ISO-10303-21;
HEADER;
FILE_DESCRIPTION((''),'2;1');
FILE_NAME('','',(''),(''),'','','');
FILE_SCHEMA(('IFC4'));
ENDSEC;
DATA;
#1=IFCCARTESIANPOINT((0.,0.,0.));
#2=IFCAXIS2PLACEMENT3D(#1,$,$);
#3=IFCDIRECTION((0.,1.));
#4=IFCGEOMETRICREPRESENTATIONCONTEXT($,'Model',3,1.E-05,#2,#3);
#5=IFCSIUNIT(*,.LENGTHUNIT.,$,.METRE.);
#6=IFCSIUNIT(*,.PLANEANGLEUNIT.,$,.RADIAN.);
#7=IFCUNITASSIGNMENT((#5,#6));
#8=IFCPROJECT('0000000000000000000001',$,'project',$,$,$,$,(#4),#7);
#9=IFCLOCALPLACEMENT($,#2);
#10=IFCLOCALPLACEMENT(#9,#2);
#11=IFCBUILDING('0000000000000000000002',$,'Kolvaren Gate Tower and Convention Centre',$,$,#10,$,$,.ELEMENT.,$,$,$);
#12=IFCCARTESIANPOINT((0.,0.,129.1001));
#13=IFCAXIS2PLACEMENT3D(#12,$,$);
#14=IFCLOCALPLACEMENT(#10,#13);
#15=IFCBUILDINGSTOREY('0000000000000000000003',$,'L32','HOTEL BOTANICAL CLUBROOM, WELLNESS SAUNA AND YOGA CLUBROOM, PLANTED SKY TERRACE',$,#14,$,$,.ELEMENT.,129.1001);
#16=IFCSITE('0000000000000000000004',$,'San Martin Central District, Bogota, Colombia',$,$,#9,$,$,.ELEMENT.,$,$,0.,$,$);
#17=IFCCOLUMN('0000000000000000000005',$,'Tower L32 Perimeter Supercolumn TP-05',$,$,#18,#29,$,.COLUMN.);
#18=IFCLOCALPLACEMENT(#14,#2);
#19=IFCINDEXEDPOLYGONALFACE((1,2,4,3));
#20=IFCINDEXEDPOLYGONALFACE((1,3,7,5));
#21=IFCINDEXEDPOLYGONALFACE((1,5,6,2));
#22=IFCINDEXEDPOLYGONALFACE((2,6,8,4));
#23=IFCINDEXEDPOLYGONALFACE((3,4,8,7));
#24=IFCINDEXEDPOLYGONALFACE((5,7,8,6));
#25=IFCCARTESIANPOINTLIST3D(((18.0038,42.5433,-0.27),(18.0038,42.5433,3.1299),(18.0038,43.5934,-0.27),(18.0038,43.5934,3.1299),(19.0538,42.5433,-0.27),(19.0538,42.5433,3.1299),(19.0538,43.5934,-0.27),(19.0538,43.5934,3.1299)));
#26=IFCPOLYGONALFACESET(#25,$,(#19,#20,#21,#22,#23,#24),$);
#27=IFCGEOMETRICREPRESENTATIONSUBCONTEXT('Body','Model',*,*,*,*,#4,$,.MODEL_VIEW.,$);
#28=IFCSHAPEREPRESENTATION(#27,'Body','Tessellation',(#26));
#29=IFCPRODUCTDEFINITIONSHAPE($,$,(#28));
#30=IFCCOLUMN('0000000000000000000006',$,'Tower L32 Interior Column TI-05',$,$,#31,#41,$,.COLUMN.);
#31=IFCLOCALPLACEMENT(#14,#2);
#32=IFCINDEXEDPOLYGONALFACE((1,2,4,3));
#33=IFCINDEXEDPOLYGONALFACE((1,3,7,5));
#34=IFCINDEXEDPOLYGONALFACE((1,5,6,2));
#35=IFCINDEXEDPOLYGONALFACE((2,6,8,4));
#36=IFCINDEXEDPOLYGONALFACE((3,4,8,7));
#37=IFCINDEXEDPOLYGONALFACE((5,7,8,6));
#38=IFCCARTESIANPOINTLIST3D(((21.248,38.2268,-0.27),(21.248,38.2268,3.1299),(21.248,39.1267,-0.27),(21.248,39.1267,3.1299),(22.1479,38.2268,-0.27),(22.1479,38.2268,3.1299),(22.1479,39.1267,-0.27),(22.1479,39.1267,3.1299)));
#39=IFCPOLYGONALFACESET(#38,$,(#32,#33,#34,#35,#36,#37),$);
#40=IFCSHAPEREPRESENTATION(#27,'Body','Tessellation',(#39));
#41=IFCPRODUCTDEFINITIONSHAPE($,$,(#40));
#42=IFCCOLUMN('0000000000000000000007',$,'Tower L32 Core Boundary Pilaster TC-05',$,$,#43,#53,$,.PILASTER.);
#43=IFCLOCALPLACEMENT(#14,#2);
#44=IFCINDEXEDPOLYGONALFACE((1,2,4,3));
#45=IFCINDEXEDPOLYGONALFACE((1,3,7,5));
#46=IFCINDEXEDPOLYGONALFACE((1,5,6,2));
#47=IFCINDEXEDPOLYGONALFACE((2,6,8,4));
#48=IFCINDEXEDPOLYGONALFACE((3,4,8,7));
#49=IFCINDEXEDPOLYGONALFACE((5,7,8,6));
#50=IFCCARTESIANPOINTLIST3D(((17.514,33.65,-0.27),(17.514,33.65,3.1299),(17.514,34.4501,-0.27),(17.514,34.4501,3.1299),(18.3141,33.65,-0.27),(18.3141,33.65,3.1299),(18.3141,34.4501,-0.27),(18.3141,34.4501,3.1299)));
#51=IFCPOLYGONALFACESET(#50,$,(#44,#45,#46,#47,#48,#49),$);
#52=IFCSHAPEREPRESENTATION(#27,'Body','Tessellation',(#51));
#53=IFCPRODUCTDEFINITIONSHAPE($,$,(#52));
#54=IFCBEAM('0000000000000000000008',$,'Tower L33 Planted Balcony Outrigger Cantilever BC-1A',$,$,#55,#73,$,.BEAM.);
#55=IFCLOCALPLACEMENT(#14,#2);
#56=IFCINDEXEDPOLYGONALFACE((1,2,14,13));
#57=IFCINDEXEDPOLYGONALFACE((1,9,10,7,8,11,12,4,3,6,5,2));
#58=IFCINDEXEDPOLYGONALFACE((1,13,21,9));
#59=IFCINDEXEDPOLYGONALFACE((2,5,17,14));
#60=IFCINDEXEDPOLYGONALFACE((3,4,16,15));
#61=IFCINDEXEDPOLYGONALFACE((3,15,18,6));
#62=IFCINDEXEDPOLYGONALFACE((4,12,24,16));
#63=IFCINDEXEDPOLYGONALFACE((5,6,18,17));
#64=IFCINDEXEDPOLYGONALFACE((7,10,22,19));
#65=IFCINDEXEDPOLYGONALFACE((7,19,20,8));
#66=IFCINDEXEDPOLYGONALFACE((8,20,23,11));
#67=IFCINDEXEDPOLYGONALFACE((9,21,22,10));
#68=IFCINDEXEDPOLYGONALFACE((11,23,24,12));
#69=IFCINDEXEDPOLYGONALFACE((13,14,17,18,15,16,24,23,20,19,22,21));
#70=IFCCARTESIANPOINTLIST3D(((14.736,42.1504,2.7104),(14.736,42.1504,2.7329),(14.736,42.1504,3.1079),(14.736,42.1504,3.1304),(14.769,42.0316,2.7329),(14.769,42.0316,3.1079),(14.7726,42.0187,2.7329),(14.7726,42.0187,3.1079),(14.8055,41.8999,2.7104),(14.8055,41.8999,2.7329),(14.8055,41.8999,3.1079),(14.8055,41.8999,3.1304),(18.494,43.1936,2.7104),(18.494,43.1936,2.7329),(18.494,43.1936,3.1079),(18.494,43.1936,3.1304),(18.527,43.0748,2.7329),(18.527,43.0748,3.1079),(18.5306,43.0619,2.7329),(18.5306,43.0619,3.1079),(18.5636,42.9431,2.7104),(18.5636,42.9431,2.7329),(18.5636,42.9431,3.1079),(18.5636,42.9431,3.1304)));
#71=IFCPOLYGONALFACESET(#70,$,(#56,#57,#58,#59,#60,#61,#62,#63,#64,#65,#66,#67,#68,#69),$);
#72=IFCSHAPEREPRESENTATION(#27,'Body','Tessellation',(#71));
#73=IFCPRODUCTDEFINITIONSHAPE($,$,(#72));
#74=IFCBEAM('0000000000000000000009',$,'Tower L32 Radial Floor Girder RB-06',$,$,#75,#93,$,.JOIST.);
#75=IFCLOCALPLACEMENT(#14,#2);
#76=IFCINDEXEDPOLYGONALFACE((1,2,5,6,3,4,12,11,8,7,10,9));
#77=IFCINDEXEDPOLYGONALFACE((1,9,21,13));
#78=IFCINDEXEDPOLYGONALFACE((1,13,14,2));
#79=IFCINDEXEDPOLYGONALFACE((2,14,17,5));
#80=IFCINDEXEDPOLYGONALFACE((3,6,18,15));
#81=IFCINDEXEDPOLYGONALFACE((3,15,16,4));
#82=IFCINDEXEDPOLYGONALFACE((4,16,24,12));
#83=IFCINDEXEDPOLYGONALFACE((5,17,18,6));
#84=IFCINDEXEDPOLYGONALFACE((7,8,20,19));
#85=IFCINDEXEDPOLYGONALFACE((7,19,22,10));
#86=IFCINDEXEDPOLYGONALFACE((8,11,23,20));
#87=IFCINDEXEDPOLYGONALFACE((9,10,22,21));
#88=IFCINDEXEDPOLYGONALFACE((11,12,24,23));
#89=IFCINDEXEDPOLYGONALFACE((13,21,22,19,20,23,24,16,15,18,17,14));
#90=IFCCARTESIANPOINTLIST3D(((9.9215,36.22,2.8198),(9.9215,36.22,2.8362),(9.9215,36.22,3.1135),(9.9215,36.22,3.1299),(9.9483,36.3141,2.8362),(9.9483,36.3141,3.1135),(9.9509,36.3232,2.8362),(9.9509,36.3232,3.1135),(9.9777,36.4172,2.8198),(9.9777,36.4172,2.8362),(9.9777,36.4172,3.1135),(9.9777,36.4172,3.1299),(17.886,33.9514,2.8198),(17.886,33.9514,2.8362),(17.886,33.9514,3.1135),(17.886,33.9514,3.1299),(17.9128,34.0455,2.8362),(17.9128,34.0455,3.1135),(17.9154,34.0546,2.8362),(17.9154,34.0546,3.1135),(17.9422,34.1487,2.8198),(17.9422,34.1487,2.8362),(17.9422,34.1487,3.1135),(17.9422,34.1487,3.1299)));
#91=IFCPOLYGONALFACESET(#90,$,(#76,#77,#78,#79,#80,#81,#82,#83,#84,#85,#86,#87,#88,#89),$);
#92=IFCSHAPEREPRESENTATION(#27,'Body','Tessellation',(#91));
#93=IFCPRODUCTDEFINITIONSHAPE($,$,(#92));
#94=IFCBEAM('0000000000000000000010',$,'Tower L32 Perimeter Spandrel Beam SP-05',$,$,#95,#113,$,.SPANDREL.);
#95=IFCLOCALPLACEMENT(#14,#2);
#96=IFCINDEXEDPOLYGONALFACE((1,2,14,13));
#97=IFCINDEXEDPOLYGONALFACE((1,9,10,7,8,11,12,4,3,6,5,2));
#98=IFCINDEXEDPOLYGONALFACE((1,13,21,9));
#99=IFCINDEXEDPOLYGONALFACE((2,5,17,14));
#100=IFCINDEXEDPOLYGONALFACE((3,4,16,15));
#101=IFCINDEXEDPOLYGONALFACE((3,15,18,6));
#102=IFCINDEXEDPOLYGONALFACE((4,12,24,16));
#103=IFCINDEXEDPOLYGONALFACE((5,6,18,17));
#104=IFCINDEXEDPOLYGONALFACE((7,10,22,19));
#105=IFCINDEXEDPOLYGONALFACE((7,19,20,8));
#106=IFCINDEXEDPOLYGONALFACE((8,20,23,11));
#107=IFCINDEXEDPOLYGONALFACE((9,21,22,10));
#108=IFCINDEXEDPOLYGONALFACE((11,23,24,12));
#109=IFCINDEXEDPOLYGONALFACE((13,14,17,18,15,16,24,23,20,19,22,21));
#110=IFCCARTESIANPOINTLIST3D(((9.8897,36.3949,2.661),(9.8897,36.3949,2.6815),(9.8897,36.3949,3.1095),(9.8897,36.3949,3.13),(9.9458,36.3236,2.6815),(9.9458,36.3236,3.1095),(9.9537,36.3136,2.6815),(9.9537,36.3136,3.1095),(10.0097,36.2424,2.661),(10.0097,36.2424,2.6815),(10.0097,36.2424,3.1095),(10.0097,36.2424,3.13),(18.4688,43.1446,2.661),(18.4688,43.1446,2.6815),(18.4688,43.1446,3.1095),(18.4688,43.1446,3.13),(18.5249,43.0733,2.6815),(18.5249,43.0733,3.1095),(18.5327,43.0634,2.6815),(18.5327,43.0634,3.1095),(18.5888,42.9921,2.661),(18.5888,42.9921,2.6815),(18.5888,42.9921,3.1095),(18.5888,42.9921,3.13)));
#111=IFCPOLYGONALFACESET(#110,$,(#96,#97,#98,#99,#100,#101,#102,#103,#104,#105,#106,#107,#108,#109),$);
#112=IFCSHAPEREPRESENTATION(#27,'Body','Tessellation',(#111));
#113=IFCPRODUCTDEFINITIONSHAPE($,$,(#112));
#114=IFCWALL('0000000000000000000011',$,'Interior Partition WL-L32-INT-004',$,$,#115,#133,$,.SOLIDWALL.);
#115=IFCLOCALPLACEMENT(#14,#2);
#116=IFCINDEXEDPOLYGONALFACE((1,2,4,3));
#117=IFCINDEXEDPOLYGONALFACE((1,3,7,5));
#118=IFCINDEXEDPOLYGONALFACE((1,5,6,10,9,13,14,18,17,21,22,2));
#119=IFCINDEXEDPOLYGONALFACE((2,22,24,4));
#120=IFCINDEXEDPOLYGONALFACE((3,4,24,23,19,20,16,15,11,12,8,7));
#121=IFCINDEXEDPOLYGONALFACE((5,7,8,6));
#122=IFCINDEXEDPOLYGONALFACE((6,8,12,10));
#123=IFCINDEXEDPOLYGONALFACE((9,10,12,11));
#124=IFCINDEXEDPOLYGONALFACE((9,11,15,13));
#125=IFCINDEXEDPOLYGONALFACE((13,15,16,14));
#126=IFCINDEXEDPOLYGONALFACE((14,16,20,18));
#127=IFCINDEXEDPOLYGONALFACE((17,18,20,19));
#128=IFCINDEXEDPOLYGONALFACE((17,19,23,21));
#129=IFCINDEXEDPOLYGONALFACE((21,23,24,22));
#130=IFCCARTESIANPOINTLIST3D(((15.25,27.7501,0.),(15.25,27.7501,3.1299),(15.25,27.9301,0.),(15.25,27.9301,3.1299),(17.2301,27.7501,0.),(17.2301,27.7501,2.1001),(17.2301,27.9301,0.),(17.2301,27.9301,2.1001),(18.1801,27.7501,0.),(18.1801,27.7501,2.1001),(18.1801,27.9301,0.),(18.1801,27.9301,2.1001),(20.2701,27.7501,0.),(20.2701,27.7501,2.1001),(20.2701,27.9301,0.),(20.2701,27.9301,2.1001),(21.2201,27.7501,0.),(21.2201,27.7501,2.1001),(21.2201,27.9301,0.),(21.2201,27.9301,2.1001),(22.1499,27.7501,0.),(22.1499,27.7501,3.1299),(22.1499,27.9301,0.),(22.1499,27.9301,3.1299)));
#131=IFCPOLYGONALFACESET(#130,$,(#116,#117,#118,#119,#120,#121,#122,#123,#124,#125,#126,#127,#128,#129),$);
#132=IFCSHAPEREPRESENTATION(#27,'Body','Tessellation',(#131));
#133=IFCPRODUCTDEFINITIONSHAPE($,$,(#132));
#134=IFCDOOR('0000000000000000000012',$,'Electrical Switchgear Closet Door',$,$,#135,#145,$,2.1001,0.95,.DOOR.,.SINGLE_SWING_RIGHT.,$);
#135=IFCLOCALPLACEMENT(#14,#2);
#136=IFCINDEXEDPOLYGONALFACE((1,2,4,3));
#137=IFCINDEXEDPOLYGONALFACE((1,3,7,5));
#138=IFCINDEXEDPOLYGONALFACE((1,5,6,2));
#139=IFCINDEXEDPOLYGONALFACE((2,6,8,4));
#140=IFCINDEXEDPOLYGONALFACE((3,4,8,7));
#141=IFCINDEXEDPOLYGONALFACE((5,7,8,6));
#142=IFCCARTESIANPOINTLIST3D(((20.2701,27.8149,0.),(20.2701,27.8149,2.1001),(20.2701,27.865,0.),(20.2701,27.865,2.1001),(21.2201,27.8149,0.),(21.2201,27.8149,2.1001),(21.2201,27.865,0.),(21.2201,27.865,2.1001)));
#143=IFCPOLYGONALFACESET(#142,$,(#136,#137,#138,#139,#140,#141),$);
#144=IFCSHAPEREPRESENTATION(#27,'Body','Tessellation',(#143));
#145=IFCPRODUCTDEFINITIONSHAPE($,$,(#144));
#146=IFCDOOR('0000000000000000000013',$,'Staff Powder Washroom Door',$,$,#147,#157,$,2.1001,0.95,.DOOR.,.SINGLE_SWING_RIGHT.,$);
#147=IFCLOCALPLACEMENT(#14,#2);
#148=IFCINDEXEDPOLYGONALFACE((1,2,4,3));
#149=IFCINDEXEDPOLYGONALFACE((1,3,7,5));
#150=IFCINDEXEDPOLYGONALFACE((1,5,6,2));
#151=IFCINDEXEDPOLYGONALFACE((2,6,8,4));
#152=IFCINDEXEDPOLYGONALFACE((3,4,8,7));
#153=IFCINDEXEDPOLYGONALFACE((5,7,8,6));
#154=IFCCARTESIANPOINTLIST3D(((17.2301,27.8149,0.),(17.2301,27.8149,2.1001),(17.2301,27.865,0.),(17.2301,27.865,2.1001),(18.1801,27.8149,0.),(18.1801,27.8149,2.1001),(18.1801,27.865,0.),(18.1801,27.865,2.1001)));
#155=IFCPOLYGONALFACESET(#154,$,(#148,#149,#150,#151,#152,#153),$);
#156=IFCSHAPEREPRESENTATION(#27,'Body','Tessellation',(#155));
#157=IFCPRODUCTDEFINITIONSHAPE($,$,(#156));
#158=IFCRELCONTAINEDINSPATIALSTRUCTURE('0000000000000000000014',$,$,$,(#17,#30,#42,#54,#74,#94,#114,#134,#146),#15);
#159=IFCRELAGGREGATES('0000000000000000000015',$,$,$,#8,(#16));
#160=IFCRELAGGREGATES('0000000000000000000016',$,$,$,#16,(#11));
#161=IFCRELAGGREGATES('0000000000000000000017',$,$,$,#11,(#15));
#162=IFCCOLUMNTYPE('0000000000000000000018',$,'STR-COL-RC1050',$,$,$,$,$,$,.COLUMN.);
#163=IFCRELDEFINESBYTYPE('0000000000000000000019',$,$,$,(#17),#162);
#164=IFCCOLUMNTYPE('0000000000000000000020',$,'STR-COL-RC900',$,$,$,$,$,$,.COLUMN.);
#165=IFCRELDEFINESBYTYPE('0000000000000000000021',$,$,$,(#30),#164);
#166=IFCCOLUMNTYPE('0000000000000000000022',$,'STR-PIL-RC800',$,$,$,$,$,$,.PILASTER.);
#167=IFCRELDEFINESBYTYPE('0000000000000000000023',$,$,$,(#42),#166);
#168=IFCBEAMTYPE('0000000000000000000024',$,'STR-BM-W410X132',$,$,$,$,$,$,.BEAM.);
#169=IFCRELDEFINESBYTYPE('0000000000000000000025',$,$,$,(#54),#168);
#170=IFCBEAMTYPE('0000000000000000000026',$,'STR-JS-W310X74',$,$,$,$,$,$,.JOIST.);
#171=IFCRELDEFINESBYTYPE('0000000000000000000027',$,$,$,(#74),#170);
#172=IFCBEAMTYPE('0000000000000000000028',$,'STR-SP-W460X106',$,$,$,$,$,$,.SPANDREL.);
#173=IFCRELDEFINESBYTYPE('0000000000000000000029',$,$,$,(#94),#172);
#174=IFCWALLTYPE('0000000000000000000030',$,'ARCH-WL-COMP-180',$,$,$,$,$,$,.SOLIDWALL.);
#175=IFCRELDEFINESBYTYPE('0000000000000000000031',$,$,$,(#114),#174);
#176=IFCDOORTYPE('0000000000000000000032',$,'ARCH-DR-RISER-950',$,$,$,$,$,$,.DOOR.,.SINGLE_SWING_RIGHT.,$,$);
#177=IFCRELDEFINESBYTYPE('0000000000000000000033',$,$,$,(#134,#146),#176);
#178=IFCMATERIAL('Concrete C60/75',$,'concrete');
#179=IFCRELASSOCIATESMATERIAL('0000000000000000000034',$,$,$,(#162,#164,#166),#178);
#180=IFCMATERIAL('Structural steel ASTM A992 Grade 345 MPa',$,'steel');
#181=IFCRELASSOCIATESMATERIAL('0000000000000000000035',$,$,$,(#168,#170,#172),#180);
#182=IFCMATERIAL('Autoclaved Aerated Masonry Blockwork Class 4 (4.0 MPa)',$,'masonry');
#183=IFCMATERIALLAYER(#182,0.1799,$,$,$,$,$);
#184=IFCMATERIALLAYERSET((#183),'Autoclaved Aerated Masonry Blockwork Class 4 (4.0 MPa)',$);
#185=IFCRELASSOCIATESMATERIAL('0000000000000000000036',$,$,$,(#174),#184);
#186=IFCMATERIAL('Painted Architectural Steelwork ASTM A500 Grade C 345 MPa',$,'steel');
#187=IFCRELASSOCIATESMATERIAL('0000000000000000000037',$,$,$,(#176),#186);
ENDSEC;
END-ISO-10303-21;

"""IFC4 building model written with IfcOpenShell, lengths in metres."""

from ifc_helpers import new_model, si_unit, direction, frame, frame_2d, origin, origin_2d, place, context, subcontext, project, spatial, rectangle, i_section, extrude, material, layer, layer_set, material_profile, profile_set, type_object, element, fill, save


model = new_model("IFC4")

# Units and contexts
model_context = context("Model", 3, precision=1e-05, world=origin(), true_north=direction((0.0, 1.0)))
body_context = subcontext(model_context, "Body", "Model", "MODEL_VIEW")
ifc_project = project(units=[si_unit("LENGTHUNIT", "METRE"), si_unit("PLANEANGLEUNIT", "RADIAN")], contexts=[model_context])

# Site, building, storey
site_placement = place(None, origin())
site = spatial("IfcSite", under=ifc_project, at=site_placement, Name="San Martin Central District, Bogota, Colombia", CompositionType="ELEMENT", RefElevation=0.0)
building_placement = place(site_placement, origin())
building = spatial("IfcBuilding", under=site, at=building_placement, Name="Kolvaren Gate Tower and Convention Centre", CompositionType="ELEMENT")
storey_placement = place(building_placement, frame((0.0, 0.0, 129.1001)))
storey = spatial("IfcBuildingStorey", under=building, at=storey_placement, Name="L32", Description="HOTEL BOTANICAL CLUBROOM, WELLNESS SAUNA AND YOGA CLUBROOM, PLANTED SKY TERRACE", CompositionType="ELEMENT", Elevation=129.1001)

# Columns
ifc_material_1 = material(Name="Concrete C60/75", Category="concrete")
ifc_material_profile_1 = material_profile(ifc_material_1, rectangle(XDim=1.05, YDim=1.05, at=origin_2d()), Name="RC-COL-1050X1050")
ifc_profile_set_1 = profile_set([ifc_material_profile_1], Name="Concrete C60/75")
column_type_1 = type_object("IfcColumnType", Name="STR-COL-RC1050", PredefinedType="COLUMN", material=ifc_profile_set_1)
column_1_placement = place(storey_placement, frame((18.5288, 43.0684, -0.27), z_axis=(0.0, 0.0, 1.0), x_axis=(1.0, 0.0, 0.0)))
element("IfcColumn", 1, at=column_1_placement, inside=storey, type_object=column_type_1, Name="Tower L32 Perimeter Supercolumn TP-05", PredefinedType="COLUMN", context=body_context, shape_type="SweptSolid", body=[
    extrude(rectangle(XDim=1.05, YDim=1.05, at=origin_2d()), origin(), (0.0, 0.0, 1.0), 3.3999),
])
ifc_material_profile_2 = material_profile(ifc_material_1, rectangle(XDim=0.8999, YDim=0.8999, at=origin_2d()), Name="RC-COL-900X900")
ifc_profile_set_2 = profile_set([ifc_material_profile_2], Name="Concrete C60/75")
column_type_2 = type_object("IfcColumnType", Name="STR-COL-RC900", PredefinedType="COLUMN", material=ifc_profile_set_2)
column_2_placement = place(storey_placement, frame((21.698, 38.6768, -0.27), z_axis=(0.0, 0.0, 1.0), x_axis=(1.0, 0.0, 0.0)))
element("IfcColumn", 2, at=column_2_placement, inside=storey, type_object=column_type_2, Name="Tower L32 Interior Column TI-05", PredefinedType="COLUMN", context=body_context, shape_type="SweptSolid", body=[
    extrude(rectangle(XDim=0.8999, YDim=0.8999, at=origin_2d()), origin(), (0.0, 0.0, 1.0), 3.3999),
])
ifc_material_profile_3 = material_profile(ifc_material_1, rectangle(XDim=0.8, YDim=0.8, at=origin_2d()), Name="RC-COL-800X800")
ifc_profile_set_3 = profile_set([ifc_material_profile_3], Name="Concrete C60/75")
column_type_3 = type_object("IfcColumnType", Name="STR-PIL-RC800", PredefinedType="PILASTER", material=ifc_profile_set_3)
column_3_placement = place(storey_placement, frame((17.9141, 34.05, -0.27), z_axis=(0.0, 0.0, 1.0), x_axis=(1.0, 0.0, 0.0)))
element("IfcColumn", 3, at=column_3_placement, inside=storey, type_object=column_type_3, Name="Tower L32 Core Boundary Pilaster TC-05", PredefinedType="PILASTER", context=body_context, shape_type="SweptSolid", body=[
    extrude(rectangle(XDim=0.8, YDim=0.8, at=origin_2d()), origin(), (0.0, 0.0, 1.0), 3.3999),
])

# Beams
ifc_material_2 = material(Name="Structural steel ASTM A992 Grade 345 MPa", Category="steel")
ifc_material_profile_4 = material_profile(ifc_material_2, i_section(OverallWidth=0.26, OverallDepth=0.4199, WebThickness=0.0134, FlangeThickness=0.0225, at=origin_2d()), Name="W410X132")
ifc_profile_set_4 = profile_set([ifc_material_profile_4], Name="Structural steel ASTM A992 Grade 345 MPa")
beam_type_1 = type_object("IfcBeamType", Name="STR-BM-W410X132", PredefinedType="BEAM", material=ifc_profile_set_4)
beam_1_placement = place(storey_placement, frame((18.5288, 43.0684, 2.9204), z_axis=(-0.963564, -0.267479, 0.0), x_axis=(0.267479, -0.963564, 0.0)))
element("IfcBeam", 4, at=beam_1_placement, inside=storey, type_object=beam_type_1, Name="Tower L33 Planted Balcony Outrigger Cantilever BC-1A", PredefinedType="BEAM", context=body_context, shape_type="SweptSolid", body=[
    extrude(i_section(OverallWidth=0.26, OverallDepth=0.4199, WebThickness=0.0134, FlangeThickness=0.0225, at=origin_2d()), origin(), (0.0, 0.0, 1.0), 3.9001),
])
ifc_material_profile_5 = material_profile(ifc_material_2, i_section(OverallWidth=0.2051, OverallDepth=0.3101, WebThickness=0.0095, FlangeThickness=0.0164, at=origin_2d()), Name="W310X74")
ifc_profile_set_5 = profile_set([ifc_material_profile_5], Name="Structural steel ASTM A992 Grade 345 MPa")
beam_type_2 = type_object("IfcBeamType", Name="STR-JS-W310X74", PredefinedType="JOIST", material=ifc_profile_set_5)
beam_2_placement = place(storey_placement, frame((17.9141, 34.05, 2.9749), z_axis=(-0.961746, 0.273942, 0.0), x_axis=(-0.273942, -0.961746, 0.0)))
element("IfcBeam", 5, at=beam_2_placement, inside=storey, type_object=beam_type_2, Name="Tower L32 Radial Floor Girder RB-06", PredefinedType="JOIST", context=body_context, shape_type="SweptSolid", body=[
    extrude(i_section(OverallWidth=0.2051, OverallDepth=0.3101, WebThickness=0.0095, FlangeThickness=0.0164, at=origin_2d()), origin(), (0.0, 0.0, 1.0), 8.2812),
])
ifc_material_profile_6 = material_profile(ifc_material_2, i_section(OverallWidth=0.1941, OverallDepth=0.469, WebThickness=0.0127, FlangeThickness=0.0205, at=origin_2d()), Name="W460X106")
ifc_profile_set_6 = profile_set([ifc_material_profile_6], Name="Structural steel ASTM A992 Grade 345 MPa")
beam_type_3 = type_object("IfcBeamType", Name="STR-SP-W460X106", PredefinedType="SPANDREL", material=ifc_profile_set_6)
beam_3_placement = place(storey_placement, frame((18.5288, 43.0684, 2.8955), z_axis=(-0.785916, -0.618333, 0.0), x_axis=(0.618333, -0.785916, 0.0)))
element("IfcBeam", 6, at=beam_3_placement, inside=storey, type_object=beam_type_3, Name="Tower L32 Perimeter Spandrel Beam SP-05", PredefinedType="SPANDREL", context=body_context, shape_type="SweptSolid", body=[
    extrude(i_section(OverallWidth=0.1941, OverallDepth=0.469, WebThickness=0.0127, FlangeThickness=0.0205, at=origin_2d()), origin(), (0.0, 0.0, 1.0), 10.916),
])

# Wall, openings, doors
ifc_material_3 = material(Name="Autoclaved Aerated Masonry Blockwork Class 4 (4.0 MPa)", Category="masonry")
ifc_layer_1 = layer(ifc_material_3, 0.1799)
ifc_layer_set_1 = layer_set([ifc_layer_1], Name="Autoclaved Aerated Masonry Blockwork Class 4 (4.0 MPa)")
wall_type_1 = type_object("IfcWallType", Name="ARCH-WL-COMP-180", PredefinedType="SOLIDWALL", material=ifc_layer_set_1)
wall_1_placement = place(storey_placement, frame((15.25, 27.8401, 0.0), z_axis=(0.0, 0.0, 1.0), x_axis=(1.0, 0.0, 0.0)))
wall_1 = element("IfcWall", 7, at=wall_1_placement, inside=storey, type_object=wall_type_1, Name="Interior Partition WL-L32-INT-004", PredefinedType="SOLIDWALL", context=body_context, shape_type="SweptSolid", body=[
    extrude(rectangle(XDim=6.8999, YDim=0.1799, at=frame_2d((3.45, 0.0))), origin(), (0.0, 0.0, 1.0), 3.1299),
])
opening_1_placement = place(wall_1_placement, frame((5.02, 0.0, 0.0)))
opening_1 = element("IfcOpeningElement", 8, at=opening_1_placement, cuts=wall_1, PredefinedType="OPENING", context=body_context, shape_type="SweptSolid", body=[
    extrude(rectangle(XDim=0.95, YDim=2.1001, at=frame_2d((0.4751, 1.05))), frame((0.0, 0.0999, 0.0), z_axis=(0.0, -1.0, 0.0), x_axis=(1.0, 0.0, 0.0)), (0.0, 0.0, 1.0), 0.2),
])
opening_2_placement = place(wall_1_placement, frame((1.98, 0.0, 0.0)))
opening_2 = element("IfcOpeningElement", 9, at=opening_2_placement, cuts=wall_1, PredefinedType="OPENING", context=body_context, shape_type="SweptSolid", body=[
    extrude(rectangle(XDim=0.95, YDim=2.1001, at=frame_2d((0.4751, 1.05))), frame((0.0, 0.0999, 0.0), z_axis=(0.0, -1.0, 0.0), x_axis=(1.0, 0.0, 0.0)), (0.0, 0.0, 1.0), 0.2),
])
ifc_material_4 = material(Name="Painted Architectural Steelwork ASTM A500 Grade C 345 MPa", Category="steel")
door_type = type_object("IfcDoorType", Name="ARCH-DR-RISER-950", OperationType="SINGLE_SWING_RIGHT", PredefinedType="DOOR", material=ifc_material_4)
door_1_placement = place(opening_1_placement, origin())
door_1 = element("IfcDoor", 10, at=door_1_placement, inside=storey, type_object=door_type, Name="Electrical Switchgear Closet Door", OperationType="SINGLE_SWING_RIGHT", OverallHeight=2.1001, OverallWidth=0.95, PredefinedType="DOOR", context=body_context, shape_type="SweptSolid", body=[
    extrude(rectangle(XDim=0.95, YDim=2.1001, at=frame_2d((0.4751, 1.05))), frame((0.0, 0.0249, 0.0), z_axis=(0.0, -1.0, 0.0), x_axis=(1.0, 0.0, 0.0)), (0.0, 0.0, 1.0), 0.05),
])
fill(opening_1, door_1)
door_2_placement = place(opening_2_placement, origin())
door_2 = element("IfcDoor", 11, at=door_2_placement, inside=storey, type_object=door_type, Name="Staff Powder Washroom Door", OperationType="SINGLE_SWING_RIGHT", OverallHeight=2.1001, OverallWidth=0.95, PredefinedType="DOOR", context=body_context, shape_type="SweptSolid", body=[
    extrude(rectangle(XDim=0.95, YDim=2.1001, at=frame_2d((0.4751, 1.05))), frame((0.0, 0.0249, 0.0), z_axis=(0.0, -1.0, 0.0), x_axis=(1.0, 0.0, 0.0)), (0.0, 0.0, 1.0), 0.05),
])
fill(opening_2, door_2)

save(model, "model.ifc")
